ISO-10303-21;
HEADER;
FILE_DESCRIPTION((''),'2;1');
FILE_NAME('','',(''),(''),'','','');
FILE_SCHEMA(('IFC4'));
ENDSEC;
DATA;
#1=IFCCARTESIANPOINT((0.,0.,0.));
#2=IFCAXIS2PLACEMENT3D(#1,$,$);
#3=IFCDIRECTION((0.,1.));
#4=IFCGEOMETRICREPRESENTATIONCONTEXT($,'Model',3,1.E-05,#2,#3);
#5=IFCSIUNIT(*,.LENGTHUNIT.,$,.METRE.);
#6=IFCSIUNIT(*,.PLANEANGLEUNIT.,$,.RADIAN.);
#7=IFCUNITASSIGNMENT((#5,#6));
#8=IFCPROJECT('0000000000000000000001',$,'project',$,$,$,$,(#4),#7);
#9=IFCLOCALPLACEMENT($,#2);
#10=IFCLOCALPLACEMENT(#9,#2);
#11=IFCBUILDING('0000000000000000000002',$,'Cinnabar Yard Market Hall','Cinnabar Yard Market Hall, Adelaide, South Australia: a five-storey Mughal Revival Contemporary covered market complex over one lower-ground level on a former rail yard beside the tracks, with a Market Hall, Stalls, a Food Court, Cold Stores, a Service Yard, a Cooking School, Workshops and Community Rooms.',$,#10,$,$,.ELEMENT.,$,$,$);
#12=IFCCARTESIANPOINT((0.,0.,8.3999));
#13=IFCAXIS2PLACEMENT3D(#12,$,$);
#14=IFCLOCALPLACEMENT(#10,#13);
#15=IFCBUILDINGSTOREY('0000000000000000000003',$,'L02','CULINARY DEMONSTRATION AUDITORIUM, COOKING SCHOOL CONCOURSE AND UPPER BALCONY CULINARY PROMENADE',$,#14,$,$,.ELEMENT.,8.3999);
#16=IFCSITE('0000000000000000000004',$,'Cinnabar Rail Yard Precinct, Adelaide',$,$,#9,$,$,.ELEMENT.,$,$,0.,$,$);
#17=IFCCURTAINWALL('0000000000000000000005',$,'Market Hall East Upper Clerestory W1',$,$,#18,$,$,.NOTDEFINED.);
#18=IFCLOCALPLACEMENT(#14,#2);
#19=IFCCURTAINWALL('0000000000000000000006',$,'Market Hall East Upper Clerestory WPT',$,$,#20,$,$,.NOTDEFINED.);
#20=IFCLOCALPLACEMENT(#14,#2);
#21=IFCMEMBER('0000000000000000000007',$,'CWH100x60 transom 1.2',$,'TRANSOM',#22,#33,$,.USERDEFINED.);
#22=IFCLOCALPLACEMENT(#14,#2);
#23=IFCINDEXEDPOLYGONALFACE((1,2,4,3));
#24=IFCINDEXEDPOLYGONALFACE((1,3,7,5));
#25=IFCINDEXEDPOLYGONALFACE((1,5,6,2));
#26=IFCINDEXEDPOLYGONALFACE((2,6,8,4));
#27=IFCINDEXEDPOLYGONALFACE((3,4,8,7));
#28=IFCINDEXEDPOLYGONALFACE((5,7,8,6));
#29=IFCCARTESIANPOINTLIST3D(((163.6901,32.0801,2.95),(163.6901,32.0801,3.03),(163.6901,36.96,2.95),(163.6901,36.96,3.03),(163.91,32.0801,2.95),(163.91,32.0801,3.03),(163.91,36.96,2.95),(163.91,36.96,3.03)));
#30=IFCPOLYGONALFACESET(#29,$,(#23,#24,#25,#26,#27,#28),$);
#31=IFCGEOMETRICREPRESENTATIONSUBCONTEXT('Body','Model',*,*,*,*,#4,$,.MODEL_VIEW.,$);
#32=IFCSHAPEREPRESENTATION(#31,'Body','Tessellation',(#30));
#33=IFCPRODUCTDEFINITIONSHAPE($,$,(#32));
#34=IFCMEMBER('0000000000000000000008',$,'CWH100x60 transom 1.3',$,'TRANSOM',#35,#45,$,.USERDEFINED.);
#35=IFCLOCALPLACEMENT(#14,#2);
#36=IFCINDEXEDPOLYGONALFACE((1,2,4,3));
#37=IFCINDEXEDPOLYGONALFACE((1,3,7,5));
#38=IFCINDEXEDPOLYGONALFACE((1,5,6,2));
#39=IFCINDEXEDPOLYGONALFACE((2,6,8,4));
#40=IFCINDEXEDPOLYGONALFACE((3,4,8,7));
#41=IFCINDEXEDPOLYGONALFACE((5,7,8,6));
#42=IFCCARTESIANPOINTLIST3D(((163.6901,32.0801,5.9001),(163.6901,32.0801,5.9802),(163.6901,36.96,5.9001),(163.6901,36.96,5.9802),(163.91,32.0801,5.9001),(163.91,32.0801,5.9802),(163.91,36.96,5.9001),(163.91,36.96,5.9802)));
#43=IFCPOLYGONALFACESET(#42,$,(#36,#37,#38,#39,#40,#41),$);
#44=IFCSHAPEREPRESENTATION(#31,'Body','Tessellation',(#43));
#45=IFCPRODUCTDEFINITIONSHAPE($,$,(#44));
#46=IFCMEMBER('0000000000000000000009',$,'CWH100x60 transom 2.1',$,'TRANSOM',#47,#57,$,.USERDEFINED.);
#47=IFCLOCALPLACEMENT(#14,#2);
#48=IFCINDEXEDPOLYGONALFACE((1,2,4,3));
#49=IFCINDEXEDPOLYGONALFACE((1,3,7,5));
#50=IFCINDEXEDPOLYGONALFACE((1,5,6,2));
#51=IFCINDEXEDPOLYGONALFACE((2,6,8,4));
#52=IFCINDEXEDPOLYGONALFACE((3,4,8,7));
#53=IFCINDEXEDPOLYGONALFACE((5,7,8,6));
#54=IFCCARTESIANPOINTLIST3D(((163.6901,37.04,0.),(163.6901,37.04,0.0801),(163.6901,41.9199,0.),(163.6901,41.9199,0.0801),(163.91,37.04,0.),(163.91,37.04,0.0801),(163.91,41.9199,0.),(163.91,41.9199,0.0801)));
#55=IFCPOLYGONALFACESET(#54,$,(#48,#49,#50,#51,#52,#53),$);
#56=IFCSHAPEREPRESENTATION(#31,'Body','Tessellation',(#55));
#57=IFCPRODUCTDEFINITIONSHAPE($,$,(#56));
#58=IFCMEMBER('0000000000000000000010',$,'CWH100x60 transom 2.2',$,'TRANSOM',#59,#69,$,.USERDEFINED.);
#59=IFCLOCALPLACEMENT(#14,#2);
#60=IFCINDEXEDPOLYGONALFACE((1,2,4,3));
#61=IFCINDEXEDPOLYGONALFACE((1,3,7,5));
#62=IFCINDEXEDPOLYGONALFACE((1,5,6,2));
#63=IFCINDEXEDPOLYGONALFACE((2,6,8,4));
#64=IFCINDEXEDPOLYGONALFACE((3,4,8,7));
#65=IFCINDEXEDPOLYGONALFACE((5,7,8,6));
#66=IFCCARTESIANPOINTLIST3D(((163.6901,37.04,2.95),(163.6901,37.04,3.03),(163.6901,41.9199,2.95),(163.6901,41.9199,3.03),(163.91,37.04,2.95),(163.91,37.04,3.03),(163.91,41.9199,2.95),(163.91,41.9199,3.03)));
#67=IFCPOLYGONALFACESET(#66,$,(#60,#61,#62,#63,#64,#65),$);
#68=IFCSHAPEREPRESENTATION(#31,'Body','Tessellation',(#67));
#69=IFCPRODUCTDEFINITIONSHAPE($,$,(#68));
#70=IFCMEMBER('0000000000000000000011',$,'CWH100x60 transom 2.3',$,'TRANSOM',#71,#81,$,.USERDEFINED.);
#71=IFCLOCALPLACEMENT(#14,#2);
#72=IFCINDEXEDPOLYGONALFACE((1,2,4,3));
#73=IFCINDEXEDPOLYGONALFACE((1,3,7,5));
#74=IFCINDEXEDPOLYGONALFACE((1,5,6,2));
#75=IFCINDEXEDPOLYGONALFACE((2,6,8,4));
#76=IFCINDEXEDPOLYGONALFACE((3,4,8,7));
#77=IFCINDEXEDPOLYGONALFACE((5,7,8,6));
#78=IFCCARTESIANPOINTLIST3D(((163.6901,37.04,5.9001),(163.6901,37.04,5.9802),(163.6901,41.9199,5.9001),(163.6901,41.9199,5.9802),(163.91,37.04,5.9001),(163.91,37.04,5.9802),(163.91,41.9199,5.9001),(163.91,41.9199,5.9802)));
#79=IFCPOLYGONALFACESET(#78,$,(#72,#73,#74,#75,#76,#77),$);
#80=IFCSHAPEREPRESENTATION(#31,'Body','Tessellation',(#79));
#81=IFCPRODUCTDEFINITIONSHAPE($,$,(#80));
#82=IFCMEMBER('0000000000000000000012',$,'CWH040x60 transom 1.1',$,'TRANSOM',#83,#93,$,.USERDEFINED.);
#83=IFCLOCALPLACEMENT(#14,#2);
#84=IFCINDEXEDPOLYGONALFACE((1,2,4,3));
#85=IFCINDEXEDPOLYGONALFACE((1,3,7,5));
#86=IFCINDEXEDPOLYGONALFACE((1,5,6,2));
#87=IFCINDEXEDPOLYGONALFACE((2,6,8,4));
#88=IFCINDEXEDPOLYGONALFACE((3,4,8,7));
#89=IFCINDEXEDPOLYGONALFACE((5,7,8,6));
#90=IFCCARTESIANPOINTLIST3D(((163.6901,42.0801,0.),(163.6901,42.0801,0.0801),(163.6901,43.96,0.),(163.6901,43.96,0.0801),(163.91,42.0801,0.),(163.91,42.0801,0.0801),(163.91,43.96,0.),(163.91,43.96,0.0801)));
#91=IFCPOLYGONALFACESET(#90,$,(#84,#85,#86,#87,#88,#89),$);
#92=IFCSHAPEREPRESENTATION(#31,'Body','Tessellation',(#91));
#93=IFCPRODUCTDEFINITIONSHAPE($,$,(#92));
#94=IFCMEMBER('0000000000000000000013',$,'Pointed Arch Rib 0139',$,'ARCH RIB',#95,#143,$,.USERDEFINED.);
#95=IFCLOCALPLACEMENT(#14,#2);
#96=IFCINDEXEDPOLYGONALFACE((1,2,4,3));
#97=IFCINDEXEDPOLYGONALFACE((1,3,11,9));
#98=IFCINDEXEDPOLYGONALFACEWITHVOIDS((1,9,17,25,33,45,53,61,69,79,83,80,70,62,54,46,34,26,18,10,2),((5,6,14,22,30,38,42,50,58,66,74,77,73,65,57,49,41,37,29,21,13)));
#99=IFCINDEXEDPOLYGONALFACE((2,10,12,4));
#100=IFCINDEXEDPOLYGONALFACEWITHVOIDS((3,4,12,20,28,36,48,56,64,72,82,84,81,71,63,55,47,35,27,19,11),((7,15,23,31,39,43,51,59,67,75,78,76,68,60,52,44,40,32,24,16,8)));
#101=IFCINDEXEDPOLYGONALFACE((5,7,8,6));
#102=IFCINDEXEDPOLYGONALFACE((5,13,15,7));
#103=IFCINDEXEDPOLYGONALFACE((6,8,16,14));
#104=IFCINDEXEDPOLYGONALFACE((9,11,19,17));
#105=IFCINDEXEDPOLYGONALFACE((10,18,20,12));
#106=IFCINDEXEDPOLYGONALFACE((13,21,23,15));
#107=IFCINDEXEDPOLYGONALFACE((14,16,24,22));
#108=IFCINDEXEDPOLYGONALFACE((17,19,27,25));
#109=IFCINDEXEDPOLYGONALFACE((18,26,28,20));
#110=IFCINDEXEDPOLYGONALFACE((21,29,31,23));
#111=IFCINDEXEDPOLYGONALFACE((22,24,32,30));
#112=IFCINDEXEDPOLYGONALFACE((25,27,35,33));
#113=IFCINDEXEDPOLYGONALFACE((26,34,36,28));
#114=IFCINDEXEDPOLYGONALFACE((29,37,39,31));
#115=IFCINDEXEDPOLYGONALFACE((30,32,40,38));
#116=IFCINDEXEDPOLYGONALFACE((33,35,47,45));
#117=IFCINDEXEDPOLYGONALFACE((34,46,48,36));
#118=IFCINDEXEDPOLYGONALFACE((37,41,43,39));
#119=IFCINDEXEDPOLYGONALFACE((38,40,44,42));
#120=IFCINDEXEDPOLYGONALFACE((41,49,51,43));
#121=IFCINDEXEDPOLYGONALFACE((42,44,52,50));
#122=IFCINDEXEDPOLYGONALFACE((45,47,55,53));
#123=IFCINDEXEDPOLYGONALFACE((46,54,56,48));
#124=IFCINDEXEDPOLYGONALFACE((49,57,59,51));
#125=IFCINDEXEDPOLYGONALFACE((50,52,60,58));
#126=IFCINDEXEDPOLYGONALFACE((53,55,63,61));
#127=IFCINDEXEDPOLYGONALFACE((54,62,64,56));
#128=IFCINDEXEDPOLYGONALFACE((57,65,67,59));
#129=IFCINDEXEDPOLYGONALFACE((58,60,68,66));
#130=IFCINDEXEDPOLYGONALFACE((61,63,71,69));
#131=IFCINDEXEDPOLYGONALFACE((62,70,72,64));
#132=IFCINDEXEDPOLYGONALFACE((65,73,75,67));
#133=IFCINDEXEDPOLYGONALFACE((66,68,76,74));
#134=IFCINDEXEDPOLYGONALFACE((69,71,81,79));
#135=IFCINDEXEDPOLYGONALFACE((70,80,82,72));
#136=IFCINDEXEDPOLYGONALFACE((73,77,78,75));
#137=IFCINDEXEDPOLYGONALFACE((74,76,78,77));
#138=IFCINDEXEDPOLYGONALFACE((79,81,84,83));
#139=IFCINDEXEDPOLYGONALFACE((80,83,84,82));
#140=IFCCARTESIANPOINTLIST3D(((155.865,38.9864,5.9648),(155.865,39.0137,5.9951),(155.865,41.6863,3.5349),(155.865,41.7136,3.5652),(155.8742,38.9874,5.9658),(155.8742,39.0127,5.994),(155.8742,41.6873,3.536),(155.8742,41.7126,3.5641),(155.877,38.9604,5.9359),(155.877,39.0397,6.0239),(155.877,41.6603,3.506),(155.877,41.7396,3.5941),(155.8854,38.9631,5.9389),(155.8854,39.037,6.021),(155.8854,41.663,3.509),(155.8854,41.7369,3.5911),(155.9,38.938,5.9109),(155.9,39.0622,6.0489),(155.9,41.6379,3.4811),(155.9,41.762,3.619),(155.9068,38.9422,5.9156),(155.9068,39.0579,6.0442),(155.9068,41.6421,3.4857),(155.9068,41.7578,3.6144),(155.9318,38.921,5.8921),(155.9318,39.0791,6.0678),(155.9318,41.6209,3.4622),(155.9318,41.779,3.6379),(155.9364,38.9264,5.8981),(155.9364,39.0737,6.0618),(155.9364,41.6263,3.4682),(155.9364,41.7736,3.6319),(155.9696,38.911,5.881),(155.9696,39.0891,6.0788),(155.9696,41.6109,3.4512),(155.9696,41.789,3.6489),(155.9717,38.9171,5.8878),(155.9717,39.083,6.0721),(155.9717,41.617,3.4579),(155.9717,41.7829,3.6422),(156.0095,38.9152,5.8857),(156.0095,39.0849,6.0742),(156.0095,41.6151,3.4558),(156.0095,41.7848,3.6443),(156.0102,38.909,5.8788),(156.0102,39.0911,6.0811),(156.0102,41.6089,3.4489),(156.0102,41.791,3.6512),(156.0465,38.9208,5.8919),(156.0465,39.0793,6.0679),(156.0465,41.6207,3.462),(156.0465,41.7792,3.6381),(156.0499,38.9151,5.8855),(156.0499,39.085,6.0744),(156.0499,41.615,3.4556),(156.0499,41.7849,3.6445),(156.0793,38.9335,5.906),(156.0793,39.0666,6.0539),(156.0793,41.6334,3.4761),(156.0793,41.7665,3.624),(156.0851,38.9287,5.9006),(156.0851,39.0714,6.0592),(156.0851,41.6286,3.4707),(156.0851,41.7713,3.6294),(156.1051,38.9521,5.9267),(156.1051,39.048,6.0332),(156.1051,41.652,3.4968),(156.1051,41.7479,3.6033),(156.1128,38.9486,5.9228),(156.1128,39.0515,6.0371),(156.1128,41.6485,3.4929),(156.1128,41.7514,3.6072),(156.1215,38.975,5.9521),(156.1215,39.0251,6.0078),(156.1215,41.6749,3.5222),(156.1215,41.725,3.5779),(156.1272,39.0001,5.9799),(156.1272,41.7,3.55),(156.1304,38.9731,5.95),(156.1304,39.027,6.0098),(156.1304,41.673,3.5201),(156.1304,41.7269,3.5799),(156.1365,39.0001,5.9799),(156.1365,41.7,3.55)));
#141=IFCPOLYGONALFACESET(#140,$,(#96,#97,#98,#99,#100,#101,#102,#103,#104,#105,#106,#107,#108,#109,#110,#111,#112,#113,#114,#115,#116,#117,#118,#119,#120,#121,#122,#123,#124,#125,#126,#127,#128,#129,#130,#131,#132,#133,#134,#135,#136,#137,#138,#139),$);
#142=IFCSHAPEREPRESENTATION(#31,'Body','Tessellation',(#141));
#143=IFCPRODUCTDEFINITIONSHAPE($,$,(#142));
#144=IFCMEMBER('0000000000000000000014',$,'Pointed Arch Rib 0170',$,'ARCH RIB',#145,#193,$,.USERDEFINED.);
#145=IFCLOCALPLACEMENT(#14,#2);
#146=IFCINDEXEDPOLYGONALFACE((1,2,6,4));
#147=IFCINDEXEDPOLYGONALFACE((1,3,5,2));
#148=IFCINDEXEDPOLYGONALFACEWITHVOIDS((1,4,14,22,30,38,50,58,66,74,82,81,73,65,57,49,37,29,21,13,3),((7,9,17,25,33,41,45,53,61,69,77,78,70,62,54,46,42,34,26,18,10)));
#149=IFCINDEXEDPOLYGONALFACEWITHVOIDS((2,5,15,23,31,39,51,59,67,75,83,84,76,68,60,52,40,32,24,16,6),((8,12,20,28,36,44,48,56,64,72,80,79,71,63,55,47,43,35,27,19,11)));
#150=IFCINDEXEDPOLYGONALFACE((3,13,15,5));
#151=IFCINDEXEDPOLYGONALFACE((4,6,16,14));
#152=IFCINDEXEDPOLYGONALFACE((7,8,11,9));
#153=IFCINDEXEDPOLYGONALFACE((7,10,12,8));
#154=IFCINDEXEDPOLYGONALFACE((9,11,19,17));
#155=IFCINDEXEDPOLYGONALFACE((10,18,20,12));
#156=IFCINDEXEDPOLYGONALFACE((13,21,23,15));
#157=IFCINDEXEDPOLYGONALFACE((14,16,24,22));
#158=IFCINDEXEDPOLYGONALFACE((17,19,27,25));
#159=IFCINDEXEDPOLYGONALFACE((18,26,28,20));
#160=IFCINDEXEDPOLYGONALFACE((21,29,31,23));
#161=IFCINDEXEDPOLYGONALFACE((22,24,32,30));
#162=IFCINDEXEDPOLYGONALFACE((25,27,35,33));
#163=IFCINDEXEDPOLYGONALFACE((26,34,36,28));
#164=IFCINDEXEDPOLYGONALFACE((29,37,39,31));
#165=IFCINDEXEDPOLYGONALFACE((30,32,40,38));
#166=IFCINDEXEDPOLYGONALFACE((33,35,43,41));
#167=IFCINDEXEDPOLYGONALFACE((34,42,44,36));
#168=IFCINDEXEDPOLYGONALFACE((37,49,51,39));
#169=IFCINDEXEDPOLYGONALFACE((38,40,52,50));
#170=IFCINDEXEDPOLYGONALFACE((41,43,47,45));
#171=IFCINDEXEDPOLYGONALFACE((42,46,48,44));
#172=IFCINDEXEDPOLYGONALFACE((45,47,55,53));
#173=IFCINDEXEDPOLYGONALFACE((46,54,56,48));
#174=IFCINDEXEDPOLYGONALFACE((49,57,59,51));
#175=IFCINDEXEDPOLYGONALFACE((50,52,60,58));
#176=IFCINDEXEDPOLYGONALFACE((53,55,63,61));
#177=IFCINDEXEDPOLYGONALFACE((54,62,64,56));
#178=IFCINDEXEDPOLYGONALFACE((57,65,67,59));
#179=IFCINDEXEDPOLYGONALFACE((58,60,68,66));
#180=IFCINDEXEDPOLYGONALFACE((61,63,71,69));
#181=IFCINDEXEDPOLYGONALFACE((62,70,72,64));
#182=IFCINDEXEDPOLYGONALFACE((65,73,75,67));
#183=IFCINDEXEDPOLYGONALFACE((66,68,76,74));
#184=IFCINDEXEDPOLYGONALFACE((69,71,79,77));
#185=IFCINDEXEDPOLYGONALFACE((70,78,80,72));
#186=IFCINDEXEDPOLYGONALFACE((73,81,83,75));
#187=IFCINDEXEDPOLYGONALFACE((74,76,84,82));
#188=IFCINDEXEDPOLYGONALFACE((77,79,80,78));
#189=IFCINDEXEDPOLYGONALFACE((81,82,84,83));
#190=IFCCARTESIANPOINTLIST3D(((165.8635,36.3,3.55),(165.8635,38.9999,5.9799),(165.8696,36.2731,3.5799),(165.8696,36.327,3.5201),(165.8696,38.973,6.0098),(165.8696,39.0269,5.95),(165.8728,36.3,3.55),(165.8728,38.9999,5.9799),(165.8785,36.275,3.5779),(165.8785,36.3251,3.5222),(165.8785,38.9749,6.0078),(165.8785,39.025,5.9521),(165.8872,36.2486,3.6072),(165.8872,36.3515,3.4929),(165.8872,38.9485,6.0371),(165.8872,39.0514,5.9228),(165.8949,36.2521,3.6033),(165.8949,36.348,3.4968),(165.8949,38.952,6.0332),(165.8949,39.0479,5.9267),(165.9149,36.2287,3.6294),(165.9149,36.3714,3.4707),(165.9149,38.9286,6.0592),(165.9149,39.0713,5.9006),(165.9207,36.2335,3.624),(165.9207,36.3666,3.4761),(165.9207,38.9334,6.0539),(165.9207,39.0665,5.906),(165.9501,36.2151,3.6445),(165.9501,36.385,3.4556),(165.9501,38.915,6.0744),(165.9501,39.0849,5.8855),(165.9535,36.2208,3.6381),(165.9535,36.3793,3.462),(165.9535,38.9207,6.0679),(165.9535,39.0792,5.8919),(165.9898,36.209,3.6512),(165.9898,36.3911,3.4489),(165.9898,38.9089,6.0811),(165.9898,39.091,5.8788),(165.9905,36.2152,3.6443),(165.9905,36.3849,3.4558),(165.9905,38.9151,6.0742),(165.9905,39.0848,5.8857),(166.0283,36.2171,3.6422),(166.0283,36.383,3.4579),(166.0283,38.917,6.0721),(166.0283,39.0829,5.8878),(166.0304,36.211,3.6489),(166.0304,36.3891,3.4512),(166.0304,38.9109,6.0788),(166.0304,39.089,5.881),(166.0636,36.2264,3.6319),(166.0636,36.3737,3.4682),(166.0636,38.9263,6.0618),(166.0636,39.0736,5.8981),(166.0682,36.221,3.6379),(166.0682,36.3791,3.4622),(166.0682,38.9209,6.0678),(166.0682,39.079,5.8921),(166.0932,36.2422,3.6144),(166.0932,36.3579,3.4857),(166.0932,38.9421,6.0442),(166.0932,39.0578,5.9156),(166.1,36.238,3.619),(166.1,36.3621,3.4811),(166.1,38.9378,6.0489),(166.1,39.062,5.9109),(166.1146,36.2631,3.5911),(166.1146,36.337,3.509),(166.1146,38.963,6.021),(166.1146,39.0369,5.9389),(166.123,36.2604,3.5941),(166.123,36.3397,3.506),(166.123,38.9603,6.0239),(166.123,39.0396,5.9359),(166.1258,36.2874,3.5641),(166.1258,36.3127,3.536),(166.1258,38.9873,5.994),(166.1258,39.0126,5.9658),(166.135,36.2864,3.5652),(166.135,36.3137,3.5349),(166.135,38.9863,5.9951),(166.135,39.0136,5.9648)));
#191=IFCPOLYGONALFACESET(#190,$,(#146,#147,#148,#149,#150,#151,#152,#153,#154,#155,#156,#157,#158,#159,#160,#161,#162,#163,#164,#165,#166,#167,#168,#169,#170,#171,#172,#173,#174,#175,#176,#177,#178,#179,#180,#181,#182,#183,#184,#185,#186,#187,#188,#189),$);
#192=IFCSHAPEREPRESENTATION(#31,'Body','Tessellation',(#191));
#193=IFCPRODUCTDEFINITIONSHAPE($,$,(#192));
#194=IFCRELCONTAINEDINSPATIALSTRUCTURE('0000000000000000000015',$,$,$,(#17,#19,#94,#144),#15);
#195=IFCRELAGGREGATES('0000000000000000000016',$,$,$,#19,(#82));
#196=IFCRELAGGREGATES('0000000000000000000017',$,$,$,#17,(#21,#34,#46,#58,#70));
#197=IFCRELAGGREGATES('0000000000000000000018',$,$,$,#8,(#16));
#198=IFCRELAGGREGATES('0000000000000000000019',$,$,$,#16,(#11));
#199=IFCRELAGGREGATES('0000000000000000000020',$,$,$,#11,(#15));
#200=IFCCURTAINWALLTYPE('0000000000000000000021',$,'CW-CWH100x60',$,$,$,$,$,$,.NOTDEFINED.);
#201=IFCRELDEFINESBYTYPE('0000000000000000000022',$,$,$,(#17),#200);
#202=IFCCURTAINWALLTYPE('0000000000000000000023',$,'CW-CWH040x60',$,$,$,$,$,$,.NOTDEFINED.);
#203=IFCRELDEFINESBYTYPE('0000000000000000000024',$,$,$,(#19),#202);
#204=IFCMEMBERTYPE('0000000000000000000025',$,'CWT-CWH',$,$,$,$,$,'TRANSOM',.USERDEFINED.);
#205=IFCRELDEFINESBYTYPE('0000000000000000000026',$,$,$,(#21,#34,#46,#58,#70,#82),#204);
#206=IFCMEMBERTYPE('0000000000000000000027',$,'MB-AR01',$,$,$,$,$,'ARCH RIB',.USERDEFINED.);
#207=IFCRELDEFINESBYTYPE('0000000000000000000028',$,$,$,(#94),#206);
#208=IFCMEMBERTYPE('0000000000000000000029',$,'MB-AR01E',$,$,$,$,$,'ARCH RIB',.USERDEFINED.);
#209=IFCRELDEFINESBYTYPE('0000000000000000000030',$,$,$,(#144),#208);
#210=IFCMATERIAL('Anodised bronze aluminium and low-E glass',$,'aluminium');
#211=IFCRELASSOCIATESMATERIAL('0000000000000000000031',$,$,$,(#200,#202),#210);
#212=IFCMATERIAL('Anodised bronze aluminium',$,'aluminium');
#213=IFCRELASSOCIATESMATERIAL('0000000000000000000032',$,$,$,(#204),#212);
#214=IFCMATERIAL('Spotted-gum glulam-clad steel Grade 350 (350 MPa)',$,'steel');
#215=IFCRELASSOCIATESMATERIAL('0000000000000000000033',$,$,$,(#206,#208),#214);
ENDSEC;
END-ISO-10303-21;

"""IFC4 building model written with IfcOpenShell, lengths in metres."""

from ifc_helpers import new_model, si_unit, direction, frame, origin, origin_2d_with_axis, place, context, subcontext, project, spatial, rectangle, hollow_circle, extrude, material, material_profile, profile_set, type_object, element, aggregate, save


model = new_model("IFC4")

# Units and contexts
model_context = context("Model", 3, precision=1e-05, world=origin(), true_north=direction((0.0, 1.0)))
body_context = subcontext(model_context, "Body", "Model", "MODEL_VIEW")
ifc_project = project(units=[si_unit("LENGTHUNIT", "METRE"), si_unit("PLANEANGLEUNIT", "RADIAN")], contexts=[model_context])

# Site, building, storey
site_placement = place(None, origin())
site = spatial("IfcSite", under=ifc_project, at=site_placement, Name="Cinnabar Rail Yard Precinct, Adelaide", CompositionType="ELEMENT", RefElevation=0.0)
building_placement = place(site_placement, origin())
building = spatial("IfcBuilding", under=site, at=building_placement, Name="Cinnabar Yard Market Hall", Description="Cinnabar Yard Market Hall, Adelaide, South Australia: a five-storey Mughal Revival Contemporary covered market complex over one lower-ground level on a former rail yard beside the tracks, with a Market Hall, Stalls, a Food Court, Cold Stores, a Service Yard, a Cooking School, Workshops and Community Rooms.", CompositionType="ELEMENT")
storey_placement = place(building_placement, frame((0.0, 0.0, 8.3999)))
storey = spatial("IfcBuildingStorey", under=building, at=storey_placement, Name="L02", Description="CULINARY DEMONSTRATION AUDITORIUM, COOKING SCHOOL CONCOURSE AND UPPER BALCONY CULINARY PROMENADE", CompositionType="ELEMENT", Elevation=8.3999)

# Shared definitions
ifc_material_1 = material(Name="Spotted-gum glulam-clad steel Grade 350 (350 MPa)", Category="steel")

# Curtain wall
ifc_material_2 = material(Name="Anodised bronze aluminium", Category="aluminium")
ifc_material_3 = material(Name="Anodised bronze aluminium and low-E glass", Category="aluminium")
curtain_wall_type_1 = type_object("IfcCurtainWallType", Name="CW-CWH100x60", PredefinedType="NOTDEFINED", material=ifc_material_3)
curtain_wall_1_placement = place(storey_placement, origin())
curtain_wall_1 = element("IfcCurtainWall", 1, at=curtain_wall_1_placement, inside=storey, type_object=curtain_wall_type_1, Name="Market Hall East Upper Clerestory W1", PredefinedType="NOTDEFINED")

# Curtain wall
curtain_wall_type_2 = type_object("IfcCurtainWallType", Name="CW-CWH040x60", PredefinedType="NOTDEFINED", material=ifc_material_3)
curtain_wall_2_placement = place(storey_placement, origin())
curtain_wall_2 = element("IfcCurtainWall", 2, at=curtain_wall_2_placement, inside=storey, type_object=curtain_wall_type_2, Name="Market Hall East Upper Clerestory WPT", PredefinedType="NOTDEFINED")

# Members
ifc_material_profile_1 = material_profile(ifc_material_2, rectangle(XDim=0.22, YDim=0.0801, at=origin_2d_with_axis()), Name="TRN-CWH")
ifc_profile_set_1 = profile_set([ifc_material_profile_1], Name="Anodised bronze aluminium")
member_type_1 = type_object("IfcMemberType", Name="CWT-CWH", ElementType="TRANSOM", PredefinedType="USERDEFINED", material=ifc_profile_set_1)
member_1_placement = place(storey_placement, frame((163.8, 32.0801, 2.99), z_axis=(0.0, 1.0, 0.0), x_axis=(-1.0, 0.0, 0.0)))
member_1 = element("IfcMember", 3, at=member_1_placement, type_object=member_type_1, Name="CWH100x60 transom 1.2", ObjectType="TRANSOM", PredefinedType="USERDEFINED", context=body_context, shape_type="SweptSolid", body=[
    extrude(rectangle(XDim=0.22, YDim=0.0801, at=origin_2d_with_axis()), origin(), (0.0, 0.0, 1.0), 4.8799),
])
member_2_placement = place(storey_placement, frame((163.8, 32.0801, 5.9402), z_axis=(0.0, 1.0, 0.0), x_axis=(-1.0, 0.0, 0.0)))
member_2 = element("IfcMember", 4, at=member_2_placement, type_object=member_type_1, Name="CWH100x60 transom 1.3", ObjectType="TRANSOM", PredefinedType="USERDEFINED", context=body_context, shape_type="SweptSolid", body=[
    extrude(rectangle(XDim=0.22, YDim=0.0801, at=origin_2d_with_axis()), origin(), (0.0, 0.0, 1.0), 4.8799),
])
member_3_placement = place(storey_placement, frame((163.8, 37.04, 0.04), z_axis=(0.0, 1.0, 0.0), x_axis=(-1.0, 0.0, 0.0)))
member_3 = element("IfcMember", 5, at=member_3_placement, type_object=member_type_1, Name="CWH100x60 transom 2.1", ObjectType="TRANSOM", PredefinedType="USERDEFINED", context=body_context, shape_type="SweptSolid", body=[
    extrude(rectangle(XDim=0.22, YDim=0.0801, at=origin_2d_with_axis()), origin(), (0.0, 0.0, 1.0), 4.8799),
])
member_4_placement = place(storey_placement, frame((163.8, 37.04, 2.99), z_axis=(0.0, 1.0, 0.0), x_axis=(-1.0, 0.0, 0.0)))
member_4 = element("IfcMember", 6, at=member_4_placement, type_object=member_type_1, Name="CWH100x60 transom 2.2", ObjectType="TRANSOM", PredefinedType="USERDEFINED", context=body_context, shape_type="SweptSolid", body=[
    extrude(rectangle(XDim=0.22, YDim=0.0801, at=origin_2d_with_axis()), origin(), (0.0, 0.0, 1.0), 4.8799),
])
member_5_placement = place(storey_placement, frame((163.8, 37.04, 5.9402), z_axis=(0.0, 1.0, 0.0), x_axis=(-1.0, 0.0, 0.0)))
member_5 = element("IfcMember", 7, at=member_5_placement, type_object=member_type_1, Name="CWH100x60 transom 2.3", ObjectType="TRANSOM", PredefinedType="USERDEFINED", context=body_context, shape_type="SweptSolid", body=[
    extrude(rectangle(XDim=0.22, YDim=0.0801, at=origin_2d_with_axis()), origin(), (0.0, 0.0, 1.0), 4.8799),
])
member_6_placement = place(storey_placement, frame((163.8, 42.0801, 0.04), z_axis=(0.0, 1.0, 0.0), x_axis=(-1.0, 0.0, 0.0)))
member_6 = element("IfcMember", 8, at=member_6_placement, type_object=member_type_1, Name="CWH040x60 transom 1.1", ObjectType="TRANSOM", PredefinedType="USERDEFINED", context=body_context, shape_type="SweptSolid", body=[
    extrude(rectangle(XDim=0.22, YDim=0.0801, at=origin_2d_with_axis()), origin(), (0.0, 0.0, 1.0), 1.8799),
])
aggregate(curtain_wall_2, [member_6])

# Members
ifc_material_profile_2 = material_profile(ifc_material_1, hollow_circle(Radius=0.1365, WallThickness=0.0093, at=origin_2d_with_axis()), Name="273.1x9.3CHS")
ifc_profile_set_2 = profile_set([ifc_material_profile_2], Name="Spotted-gum glulam-clad steel Grade 350 (350 MPa)")
member_type_2 = type_object("IfcMemberType", Name="MB-AR01", ElementType="ARCH RIB", PredefinedType="USERDEFINED", material=ifc_profile_set_2)
member_7_placement = place(storey_placement, frame((156.0, 41.7, 3.55), z_axis=(0.0, -0.743297, 0.668961), x_axis=(1.0, 0.0, 0.0)))
element("IfcMember", 9, at=member_7_placement, inside=storey, type_object=member_type_2, Name="Pointed Arch Rib 0139", ObjectType="ARCH RIB", PredefinedType="USERDEFINED", context=body_context, shape_type="SweptSolid", body=[
    extrude(hollow_circle(Radius=0.1365, WallThickness=0.0093, at=origin_2d_with_axis()), origin(), (0.0, 0.0, 1.0), 3.6323),
])
ifc_material_profile_3 = material_profile(ifc_material_1, hollow_circle(Radius=0.1365, WallThickness=0.0093, at=origin_2d_with_axis()), Name="273.1x9.3CHS")
ifc_profile_set_3 = profile_set([ifc_material_profile_3], Name="Spotted-gum glulam-clad steel Grade 350 (350 MPa)")
member_type_3 = type_object("IfcMemberType", Name="MB-AR01E", ElementType="ARCH RIB", PredefinedType="USERDEFINED", material=ifc_profile_set_3)
for number, where, z_axis, x_axis, name in (
    (10, (166.0, 36.3, 3.55), (0.0, 0.743297, 0.668961), (-1.0, 0.0, 0.0), "Pointed Arch Rib 0170"),
):
    element("IfcMember", number, at=place(storey_placement, frame(where, z_axis=z_axis, x_axis=x_axis)), inside=storey, type_object=member_type_3, Name=name, ObjectType="ARCH RIB", PredefinedType="USERDEFINED", context=body_context, shape_type="SweptSolid", body=[
        extrude(hollow_circle(Radius=0.1365, WallThickness=0.0093, at=origin_2d_with_axis()), origin(), (0.0, 0.0, 1.0), 3.6323),
    ])

aggregate(curtain_wall_1, [member_1, member_2, member_3, member_4, member_5])

save(model, "model.ifc")
